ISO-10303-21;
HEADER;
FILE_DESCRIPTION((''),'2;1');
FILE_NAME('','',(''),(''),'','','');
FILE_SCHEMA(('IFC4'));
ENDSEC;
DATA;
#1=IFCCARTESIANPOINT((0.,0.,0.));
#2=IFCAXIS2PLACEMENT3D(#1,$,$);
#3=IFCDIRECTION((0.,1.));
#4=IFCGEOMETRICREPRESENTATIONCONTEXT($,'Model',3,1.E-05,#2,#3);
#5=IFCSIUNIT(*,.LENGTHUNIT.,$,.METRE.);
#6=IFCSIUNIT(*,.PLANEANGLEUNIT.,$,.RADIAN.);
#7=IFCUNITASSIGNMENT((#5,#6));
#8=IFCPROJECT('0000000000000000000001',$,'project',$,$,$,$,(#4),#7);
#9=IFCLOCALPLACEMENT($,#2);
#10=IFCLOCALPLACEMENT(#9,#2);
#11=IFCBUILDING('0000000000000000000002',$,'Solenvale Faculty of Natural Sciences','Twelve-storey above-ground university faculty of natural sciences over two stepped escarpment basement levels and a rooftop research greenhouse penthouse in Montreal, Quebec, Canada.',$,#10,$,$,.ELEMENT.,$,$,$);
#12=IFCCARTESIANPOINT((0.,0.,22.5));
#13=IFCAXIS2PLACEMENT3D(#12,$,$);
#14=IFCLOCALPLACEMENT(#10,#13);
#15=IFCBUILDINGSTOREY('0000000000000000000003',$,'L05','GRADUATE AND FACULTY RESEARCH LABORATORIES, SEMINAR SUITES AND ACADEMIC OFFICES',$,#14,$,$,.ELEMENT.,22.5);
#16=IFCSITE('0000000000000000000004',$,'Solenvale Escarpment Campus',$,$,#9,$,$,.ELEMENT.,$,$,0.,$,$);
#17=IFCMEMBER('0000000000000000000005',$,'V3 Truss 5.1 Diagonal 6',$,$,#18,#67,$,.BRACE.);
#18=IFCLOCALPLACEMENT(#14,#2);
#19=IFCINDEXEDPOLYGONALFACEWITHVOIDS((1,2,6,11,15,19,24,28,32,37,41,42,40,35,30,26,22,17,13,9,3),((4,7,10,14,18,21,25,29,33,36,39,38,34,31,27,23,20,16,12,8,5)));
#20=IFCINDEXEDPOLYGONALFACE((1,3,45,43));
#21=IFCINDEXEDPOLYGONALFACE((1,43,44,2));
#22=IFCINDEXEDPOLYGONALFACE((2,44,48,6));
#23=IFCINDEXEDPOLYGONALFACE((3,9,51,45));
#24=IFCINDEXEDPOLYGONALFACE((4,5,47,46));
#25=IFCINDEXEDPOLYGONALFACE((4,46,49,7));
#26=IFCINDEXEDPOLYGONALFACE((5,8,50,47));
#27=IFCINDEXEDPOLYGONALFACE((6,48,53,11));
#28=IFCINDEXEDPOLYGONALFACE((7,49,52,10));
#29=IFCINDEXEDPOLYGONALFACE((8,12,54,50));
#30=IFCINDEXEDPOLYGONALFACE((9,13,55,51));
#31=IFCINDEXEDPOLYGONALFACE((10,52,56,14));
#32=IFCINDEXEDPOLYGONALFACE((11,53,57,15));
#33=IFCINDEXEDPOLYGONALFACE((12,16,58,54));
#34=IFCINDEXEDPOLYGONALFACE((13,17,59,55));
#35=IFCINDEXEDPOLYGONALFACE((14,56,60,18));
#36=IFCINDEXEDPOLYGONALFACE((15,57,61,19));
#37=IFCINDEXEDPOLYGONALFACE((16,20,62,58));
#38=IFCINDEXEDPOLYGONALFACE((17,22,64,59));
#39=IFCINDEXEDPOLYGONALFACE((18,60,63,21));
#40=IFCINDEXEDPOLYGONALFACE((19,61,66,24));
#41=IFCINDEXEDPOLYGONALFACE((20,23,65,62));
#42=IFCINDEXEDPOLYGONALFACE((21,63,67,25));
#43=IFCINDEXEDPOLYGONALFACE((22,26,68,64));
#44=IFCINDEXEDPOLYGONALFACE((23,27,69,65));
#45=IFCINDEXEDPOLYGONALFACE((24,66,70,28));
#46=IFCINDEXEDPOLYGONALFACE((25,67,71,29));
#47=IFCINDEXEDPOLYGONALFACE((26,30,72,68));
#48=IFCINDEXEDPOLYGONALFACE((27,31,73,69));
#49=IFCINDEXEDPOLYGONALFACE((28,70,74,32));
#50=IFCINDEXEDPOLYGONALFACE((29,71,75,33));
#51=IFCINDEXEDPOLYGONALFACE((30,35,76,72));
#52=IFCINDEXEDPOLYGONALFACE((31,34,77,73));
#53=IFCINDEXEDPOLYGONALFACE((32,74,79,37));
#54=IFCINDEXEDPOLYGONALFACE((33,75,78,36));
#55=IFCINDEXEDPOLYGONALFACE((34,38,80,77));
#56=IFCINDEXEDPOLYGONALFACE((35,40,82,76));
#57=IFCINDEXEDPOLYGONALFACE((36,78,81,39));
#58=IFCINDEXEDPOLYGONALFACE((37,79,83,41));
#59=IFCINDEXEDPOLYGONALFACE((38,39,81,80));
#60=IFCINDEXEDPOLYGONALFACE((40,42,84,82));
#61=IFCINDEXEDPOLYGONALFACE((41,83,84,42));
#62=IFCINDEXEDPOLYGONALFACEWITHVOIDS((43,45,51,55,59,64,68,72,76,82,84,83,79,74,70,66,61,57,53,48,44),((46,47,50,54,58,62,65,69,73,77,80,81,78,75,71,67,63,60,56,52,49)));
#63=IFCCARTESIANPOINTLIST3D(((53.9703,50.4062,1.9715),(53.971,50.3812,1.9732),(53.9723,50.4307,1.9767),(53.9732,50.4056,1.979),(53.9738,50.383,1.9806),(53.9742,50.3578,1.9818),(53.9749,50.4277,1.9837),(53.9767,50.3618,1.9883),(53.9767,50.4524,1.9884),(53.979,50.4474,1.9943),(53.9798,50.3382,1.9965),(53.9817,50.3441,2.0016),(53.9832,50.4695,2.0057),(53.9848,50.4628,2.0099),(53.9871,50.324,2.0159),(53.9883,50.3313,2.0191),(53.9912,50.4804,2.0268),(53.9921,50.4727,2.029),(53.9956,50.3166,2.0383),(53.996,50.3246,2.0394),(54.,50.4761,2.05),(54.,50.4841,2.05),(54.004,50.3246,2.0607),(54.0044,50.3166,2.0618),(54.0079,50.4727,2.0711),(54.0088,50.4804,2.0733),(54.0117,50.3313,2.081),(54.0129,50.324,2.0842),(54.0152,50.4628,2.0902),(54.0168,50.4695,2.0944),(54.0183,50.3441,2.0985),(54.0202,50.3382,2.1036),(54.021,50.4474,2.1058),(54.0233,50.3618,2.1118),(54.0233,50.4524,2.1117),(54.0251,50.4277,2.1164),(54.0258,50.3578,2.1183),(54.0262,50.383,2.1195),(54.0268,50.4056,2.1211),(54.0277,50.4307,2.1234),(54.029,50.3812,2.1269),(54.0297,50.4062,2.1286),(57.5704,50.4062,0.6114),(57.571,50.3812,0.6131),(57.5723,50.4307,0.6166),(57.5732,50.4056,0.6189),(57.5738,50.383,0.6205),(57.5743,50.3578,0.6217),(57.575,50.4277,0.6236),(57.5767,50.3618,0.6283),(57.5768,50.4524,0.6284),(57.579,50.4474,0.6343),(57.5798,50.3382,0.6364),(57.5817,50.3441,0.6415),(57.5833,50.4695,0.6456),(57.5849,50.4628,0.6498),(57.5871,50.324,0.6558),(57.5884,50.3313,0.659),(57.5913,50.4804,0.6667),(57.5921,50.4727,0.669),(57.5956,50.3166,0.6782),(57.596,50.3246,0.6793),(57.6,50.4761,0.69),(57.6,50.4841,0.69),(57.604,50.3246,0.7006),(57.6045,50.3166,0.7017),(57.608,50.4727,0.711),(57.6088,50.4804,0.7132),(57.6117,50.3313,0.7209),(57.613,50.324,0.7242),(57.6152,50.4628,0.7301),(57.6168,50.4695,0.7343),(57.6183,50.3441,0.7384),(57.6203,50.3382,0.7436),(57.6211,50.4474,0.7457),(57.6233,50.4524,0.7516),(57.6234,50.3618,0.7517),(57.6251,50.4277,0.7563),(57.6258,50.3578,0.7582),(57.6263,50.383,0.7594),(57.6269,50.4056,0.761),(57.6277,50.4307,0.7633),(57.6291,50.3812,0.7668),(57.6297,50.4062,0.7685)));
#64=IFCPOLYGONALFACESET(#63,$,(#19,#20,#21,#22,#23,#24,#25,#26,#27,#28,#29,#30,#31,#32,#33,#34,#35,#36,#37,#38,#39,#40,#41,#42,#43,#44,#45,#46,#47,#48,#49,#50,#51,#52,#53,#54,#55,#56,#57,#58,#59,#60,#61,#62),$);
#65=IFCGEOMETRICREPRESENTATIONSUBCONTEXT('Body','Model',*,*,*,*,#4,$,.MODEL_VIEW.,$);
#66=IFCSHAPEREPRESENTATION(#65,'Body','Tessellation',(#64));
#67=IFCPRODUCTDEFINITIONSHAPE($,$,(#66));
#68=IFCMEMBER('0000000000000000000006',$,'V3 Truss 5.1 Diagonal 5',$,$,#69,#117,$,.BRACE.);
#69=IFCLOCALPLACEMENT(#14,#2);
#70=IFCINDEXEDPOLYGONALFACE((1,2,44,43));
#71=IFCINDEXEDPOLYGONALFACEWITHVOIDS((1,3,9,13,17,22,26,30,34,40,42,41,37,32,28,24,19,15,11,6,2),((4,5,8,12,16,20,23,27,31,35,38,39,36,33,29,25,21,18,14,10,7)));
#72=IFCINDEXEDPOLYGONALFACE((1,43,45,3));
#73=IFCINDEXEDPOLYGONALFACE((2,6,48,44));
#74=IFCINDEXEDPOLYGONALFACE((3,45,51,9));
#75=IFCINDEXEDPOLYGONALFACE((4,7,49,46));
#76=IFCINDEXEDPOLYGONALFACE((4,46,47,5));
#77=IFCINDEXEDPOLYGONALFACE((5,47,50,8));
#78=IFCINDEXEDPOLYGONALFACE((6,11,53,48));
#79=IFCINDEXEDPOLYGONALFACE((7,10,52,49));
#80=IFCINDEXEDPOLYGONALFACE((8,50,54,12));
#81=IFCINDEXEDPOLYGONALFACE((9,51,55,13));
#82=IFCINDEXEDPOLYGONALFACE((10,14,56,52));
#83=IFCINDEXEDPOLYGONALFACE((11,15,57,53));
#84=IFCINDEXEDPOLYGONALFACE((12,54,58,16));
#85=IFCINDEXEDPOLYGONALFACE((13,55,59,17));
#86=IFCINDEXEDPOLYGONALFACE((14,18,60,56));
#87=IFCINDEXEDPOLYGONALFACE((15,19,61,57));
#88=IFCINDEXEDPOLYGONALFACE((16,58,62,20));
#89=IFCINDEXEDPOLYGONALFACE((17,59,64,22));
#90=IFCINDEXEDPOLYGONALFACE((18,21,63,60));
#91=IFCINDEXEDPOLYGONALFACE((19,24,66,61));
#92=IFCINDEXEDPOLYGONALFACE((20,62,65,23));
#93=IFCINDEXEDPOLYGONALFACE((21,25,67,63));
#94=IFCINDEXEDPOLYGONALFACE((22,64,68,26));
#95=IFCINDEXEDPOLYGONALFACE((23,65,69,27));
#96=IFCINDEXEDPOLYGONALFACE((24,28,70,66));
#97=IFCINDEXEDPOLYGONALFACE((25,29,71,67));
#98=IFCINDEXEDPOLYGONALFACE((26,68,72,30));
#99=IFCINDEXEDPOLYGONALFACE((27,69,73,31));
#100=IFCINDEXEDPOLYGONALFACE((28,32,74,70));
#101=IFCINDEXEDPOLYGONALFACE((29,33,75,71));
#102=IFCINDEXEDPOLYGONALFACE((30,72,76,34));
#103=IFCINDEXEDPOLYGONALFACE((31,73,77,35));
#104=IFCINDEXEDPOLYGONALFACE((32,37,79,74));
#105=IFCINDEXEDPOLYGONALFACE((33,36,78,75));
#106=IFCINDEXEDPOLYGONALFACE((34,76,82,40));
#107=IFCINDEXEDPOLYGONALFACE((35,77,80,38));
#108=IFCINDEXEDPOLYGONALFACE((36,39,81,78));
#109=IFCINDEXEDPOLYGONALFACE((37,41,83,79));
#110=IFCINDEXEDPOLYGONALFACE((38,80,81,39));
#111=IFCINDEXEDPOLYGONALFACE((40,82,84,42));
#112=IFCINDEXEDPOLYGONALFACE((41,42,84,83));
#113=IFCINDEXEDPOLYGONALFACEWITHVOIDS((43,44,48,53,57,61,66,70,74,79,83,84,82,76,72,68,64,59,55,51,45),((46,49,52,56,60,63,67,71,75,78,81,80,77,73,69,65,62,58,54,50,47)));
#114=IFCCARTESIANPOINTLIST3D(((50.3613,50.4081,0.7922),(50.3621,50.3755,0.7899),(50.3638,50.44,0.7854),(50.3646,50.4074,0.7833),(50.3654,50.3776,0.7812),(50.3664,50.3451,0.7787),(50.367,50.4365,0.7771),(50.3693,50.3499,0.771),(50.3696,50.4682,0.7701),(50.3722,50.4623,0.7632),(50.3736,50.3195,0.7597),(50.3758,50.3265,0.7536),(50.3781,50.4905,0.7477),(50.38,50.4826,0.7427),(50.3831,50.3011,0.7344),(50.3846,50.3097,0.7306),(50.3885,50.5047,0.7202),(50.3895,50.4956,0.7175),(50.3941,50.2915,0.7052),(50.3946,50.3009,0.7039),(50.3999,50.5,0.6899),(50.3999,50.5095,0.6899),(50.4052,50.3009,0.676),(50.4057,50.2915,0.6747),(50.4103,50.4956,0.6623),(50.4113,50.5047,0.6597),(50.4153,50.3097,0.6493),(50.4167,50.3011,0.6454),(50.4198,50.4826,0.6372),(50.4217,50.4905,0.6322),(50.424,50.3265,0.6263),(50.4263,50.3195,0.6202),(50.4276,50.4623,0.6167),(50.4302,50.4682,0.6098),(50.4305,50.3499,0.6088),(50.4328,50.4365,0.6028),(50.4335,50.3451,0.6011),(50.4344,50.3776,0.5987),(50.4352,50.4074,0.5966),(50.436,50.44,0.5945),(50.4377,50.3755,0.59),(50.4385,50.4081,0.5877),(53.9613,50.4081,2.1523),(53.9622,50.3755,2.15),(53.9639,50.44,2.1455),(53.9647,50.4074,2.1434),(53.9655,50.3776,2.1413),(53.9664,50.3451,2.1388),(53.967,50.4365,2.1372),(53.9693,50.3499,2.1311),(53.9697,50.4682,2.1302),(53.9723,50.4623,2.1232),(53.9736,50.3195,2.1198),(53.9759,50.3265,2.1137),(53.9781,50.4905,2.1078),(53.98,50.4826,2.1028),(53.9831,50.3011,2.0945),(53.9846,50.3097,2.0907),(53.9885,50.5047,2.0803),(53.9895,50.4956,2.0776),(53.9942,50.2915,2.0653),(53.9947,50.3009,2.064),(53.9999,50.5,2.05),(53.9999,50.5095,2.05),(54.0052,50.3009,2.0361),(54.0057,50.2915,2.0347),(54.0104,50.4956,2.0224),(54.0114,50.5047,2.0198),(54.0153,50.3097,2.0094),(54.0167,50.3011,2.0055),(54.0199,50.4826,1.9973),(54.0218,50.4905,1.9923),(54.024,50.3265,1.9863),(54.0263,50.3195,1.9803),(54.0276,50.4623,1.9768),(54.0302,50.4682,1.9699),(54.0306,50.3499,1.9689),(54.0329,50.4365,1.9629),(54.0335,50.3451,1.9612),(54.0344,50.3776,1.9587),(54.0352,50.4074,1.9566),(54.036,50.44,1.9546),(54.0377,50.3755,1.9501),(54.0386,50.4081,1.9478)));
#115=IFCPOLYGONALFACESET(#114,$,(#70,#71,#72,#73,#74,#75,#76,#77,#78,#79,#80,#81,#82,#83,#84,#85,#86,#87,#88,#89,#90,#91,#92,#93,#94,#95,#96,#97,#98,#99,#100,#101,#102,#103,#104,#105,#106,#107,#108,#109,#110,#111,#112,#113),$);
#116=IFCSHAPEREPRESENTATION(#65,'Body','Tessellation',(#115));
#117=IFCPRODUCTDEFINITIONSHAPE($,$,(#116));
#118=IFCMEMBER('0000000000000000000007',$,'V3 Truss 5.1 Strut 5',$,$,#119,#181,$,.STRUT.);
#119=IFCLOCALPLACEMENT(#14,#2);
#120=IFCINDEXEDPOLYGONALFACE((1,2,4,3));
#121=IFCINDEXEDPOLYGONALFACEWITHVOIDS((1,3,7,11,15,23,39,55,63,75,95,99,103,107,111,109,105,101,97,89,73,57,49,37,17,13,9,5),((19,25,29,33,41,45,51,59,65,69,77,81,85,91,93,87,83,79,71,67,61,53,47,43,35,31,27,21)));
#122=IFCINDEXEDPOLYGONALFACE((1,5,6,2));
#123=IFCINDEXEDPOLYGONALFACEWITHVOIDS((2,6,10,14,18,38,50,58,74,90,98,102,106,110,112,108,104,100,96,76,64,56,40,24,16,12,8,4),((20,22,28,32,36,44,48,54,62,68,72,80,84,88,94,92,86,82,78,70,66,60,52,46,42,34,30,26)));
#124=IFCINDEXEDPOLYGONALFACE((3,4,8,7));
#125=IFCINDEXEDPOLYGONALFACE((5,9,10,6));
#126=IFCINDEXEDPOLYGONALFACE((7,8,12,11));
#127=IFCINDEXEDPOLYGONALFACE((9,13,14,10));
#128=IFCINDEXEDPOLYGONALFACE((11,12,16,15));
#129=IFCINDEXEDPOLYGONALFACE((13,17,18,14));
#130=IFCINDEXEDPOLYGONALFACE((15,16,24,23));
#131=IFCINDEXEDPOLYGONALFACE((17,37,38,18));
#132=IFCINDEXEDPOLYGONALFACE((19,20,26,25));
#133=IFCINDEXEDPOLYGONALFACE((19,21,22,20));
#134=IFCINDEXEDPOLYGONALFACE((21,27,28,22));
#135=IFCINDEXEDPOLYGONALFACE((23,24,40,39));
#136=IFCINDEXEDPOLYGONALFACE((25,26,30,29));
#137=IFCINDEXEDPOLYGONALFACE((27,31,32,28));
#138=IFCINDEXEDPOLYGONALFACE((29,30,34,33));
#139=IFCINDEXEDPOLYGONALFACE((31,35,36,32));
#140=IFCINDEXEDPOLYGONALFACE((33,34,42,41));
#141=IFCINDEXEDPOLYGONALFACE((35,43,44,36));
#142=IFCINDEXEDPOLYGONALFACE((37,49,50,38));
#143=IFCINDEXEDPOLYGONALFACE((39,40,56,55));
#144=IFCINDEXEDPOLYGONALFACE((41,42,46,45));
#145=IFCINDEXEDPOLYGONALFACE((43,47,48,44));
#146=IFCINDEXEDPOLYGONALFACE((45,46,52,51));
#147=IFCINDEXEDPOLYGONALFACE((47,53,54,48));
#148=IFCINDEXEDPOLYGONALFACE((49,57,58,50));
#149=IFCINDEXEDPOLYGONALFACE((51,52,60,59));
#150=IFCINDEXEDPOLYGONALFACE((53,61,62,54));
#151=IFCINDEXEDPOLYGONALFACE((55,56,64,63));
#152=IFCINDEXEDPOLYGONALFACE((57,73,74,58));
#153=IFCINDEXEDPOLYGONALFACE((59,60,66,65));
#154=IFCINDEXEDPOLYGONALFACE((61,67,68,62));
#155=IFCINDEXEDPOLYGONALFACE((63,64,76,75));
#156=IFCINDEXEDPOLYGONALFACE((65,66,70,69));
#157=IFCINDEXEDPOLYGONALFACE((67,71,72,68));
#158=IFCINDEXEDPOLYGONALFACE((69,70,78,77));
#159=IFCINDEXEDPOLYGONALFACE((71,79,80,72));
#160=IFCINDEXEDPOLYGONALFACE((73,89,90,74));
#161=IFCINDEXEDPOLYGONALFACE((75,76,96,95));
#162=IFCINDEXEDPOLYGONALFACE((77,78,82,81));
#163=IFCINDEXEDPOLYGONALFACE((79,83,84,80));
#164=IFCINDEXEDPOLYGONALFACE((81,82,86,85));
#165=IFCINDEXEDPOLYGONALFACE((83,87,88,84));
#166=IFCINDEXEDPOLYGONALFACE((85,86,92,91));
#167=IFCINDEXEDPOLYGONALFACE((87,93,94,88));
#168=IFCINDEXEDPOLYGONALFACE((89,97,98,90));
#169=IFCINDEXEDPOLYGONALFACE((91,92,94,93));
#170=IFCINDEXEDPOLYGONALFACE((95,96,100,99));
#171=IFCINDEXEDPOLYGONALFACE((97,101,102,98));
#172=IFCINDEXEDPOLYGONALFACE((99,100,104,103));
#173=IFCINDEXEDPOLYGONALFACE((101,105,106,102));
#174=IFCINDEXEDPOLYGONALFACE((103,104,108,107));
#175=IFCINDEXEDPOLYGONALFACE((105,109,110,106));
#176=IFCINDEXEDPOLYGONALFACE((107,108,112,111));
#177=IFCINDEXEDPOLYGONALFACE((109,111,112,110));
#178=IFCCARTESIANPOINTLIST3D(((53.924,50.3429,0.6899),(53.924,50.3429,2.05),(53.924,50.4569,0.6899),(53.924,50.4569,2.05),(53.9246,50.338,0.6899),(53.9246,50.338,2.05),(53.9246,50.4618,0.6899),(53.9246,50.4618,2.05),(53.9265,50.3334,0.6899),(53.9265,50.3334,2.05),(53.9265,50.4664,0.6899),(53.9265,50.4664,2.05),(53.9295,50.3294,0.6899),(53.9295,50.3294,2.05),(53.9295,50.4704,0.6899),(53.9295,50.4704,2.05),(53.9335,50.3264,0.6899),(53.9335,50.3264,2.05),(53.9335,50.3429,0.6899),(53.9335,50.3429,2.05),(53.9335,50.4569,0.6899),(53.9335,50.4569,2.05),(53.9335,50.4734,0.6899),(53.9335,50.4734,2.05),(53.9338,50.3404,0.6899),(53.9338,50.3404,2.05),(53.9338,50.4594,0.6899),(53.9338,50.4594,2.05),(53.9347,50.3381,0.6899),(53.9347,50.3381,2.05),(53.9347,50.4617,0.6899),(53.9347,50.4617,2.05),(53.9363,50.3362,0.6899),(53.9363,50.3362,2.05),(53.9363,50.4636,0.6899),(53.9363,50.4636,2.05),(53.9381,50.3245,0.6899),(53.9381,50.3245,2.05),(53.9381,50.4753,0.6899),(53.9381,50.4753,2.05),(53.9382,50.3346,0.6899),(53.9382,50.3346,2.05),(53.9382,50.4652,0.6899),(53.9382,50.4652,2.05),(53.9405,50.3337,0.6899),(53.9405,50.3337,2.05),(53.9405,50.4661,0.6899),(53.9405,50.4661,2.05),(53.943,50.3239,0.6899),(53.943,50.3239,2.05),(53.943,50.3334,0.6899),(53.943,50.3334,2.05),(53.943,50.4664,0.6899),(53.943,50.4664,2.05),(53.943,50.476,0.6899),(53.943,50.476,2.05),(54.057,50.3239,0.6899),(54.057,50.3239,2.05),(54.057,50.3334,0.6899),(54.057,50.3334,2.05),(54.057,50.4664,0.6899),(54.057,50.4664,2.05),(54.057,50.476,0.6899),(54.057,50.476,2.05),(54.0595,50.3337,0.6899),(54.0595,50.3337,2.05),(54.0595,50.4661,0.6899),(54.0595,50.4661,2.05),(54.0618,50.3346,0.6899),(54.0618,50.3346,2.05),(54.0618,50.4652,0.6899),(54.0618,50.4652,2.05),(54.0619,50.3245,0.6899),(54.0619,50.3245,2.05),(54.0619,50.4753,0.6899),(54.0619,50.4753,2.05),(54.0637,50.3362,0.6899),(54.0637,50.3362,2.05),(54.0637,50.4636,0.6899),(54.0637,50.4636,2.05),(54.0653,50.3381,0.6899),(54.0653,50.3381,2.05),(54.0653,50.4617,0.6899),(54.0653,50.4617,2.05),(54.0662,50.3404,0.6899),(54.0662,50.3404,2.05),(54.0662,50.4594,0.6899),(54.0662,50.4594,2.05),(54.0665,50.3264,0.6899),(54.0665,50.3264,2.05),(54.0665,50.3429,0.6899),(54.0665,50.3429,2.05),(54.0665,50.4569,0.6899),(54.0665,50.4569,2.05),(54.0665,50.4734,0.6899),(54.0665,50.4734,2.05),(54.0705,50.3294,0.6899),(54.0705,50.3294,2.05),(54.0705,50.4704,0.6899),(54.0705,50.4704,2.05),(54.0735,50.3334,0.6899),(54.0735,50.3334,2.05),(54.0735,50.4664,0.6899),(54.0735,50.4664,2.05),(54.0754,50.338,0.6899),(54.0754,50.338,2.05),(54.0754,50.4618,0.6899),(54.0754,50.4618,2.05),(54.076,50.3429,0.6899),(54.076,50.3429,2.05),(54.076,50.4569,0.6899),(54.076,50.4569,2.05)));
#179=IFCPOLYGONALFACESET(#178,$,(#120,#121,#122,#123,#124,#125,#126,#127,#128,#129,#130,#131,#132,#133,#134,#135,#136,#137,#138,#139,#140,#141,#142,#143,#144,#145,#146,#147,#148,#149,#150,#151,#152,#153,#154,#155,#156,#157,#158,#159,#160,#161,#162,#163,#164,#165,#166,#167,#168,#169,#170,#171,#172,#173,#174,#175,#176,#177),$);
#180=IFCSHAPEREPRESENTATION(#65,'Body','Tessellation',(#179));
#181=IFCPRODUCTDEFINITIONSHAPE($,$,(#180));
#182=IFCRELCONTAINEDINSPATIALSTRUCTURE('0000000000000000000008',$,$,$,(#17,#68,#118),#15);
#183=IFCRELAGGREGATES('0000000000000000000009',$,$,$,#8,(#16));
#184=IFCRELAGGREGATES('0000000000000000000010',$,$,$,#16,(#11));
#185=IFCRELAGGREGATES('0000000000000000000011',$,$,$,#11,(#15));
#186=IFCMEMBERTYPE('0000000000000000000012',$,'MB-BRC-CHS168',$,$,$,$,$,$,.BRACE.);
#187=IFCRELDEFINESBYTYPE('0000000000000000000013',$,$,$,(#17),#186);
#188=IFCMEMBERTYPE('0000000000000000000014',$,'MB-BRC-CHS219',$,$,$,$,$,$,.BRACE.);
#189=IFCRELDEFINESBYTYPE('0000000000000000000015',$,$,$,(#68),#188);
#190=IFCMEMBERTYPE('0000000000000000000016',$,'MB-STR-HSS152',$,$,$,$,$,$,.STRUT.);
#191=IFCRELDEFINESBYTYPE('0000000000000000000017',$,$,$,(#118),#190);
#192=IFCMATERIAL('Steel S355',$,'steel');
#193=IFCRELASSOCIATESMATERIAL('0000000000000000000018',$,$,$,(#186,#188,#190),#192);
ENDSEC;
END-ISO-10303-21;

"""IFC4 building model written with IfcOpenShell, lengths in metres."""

from ifc_helpers import new_model, si_unit, direction, frame, origin, origin_2d, place, context, subcontext, project, spatial, hollow_rectangle, hollow_circle, extrude, material, material_profile, profile_set, type_object, element, save


model = new_model("IFC4")

# Units and contexts
model_context = context("Model", 3, precision=1e-05, world=origin(), true_north=direction((0.0, 1.0)))
body_context = subcontext(model_context, "Body", "Model", "MODEL_VIEW")
ifc_project = project(units=[si_unit("LENGTHUNIT", "METRE"), si_unit("PLANEANGLEUNIT", "RADIAN")], contexts=[model_context])

# Site, building, storey
site_placement = place(None, origin())
site = spatial("IfcSite", under=ifc_project, at=site_placement, Name="Solenvale Escarpment Campus", CompositionType="ELEMENT", RefElevation=0.0)
building_placement = place(site_placement, origin())
building = spatial("IfcBuilding", under=site, at=building_placement, Name="Solenvale Faculty of Natural Sciences", Description="Twelve-storey above-ground university faculty of natural sciences over two stepped escarpment basement levels and a rooftop research greenhouse penthouse in Montreal, Quebec, Canada.", CompositionType="ELEMENT")
storey_placement = place(building_placement, frame((0.0, 0.0, 22.5)))
storey = spatial("IfcBuildingStorey", under=building, at=storey_placement, Name="L05", Description="GRADUATE AND FACULTY RESEARCH LABORATORIES, SEMINAR SUITES AND ACADEMIC OFFICES", CompositionType="ELEMENT", Elevation=22.5)

# Shared definitions
ifc_material_1 = material(Name="Steel S355", Category="steel")

# Members
ifc_material_profile_1 = material_profile(ifc_material_1, hollow_circle(Radius=0.0842, WallThickness=0.0081, at=origin_2d()), Name="HSS168x8.0")
ifc_profile_set_1 = profile_set([ifc_material_profile_1], Name="Steel S355")
member_type_1 = type_object("IfcMemberType", Name="MB-BRC-CHS168", PredefinedType="BRACE", material=ifc_profile_set_1)
member_1_placement = place(storey_placement, frame((54.0, 50.3999, 2.05), z_axis=(0.935466, 0.0, -0.353417), x_axis=(0.0, 1.0, 0.0)))
element("IfcMember", 1, at=member_1_placement, inside=storey, type_object=member_type_1, Name="V3 Truss 5.1 Diagonal 6", PredefinedType="BRACE", context=body_context, shape_type="SweptSolid", body=[
    extrude(hollow_circle(Radius=0.0842, WallThickness=0.0081, at=origin_2d()), origin(), (0.0, 0.0, 1.0), 3.8484),
])
ifc_material_profile_2 = material_profile(ifc_material_1, hollow_circle(Radius=0.1096, WallThickness=0.0095, at=origin_2d()), Name="HSS219x9.5")
ifc_profile_set_2 = profile_set([ifc_material_profile_2], Name="Steel S355")
member_type_2 = type_object("IfcMemberType", Name="MB-BRC-CHS219", PredefinedType="BRACE", material=ifc_profile_set_2)
member_2_placement = place(storey_placement, frame((50.3999, 50.3999, 0.6899), z_axis=(0.935466, 0.0, 0.353417), x_axis=(0.0, 1.0, 0.0)))
element("IfcMember", 2, at=member_2_placement, inside=storey, type_object=member_type_2, Name="V3 Truss 5.1 Diagonal 5", PredefinedType="BRACE", context=body_context, shape_type="SweptSolid", body=[
    extrude(hollow_circle(Radius=0.1096, WallThickness=0.0095, at=origin_2d()), origin(), (0.0, 0.0, 1.0), 3.8484),
])
ifc_material_profile_3 = material_profile(ifc_material_1, hollow_rectangle(XDim=0.1521, YDim=0.1521, WallThickness=0.0095, InnerFilletRadius=0.0095, OuterFilletRadius=0.019, at=origin_2d()), Name="HSS152x152x9.5")
ifc_profile_set_3 = profile_set([ifc_material_profile_3], Name="Steel S355")
member_type_3 = type_object("IfcMemberType", Name="MB-STR-HSS152", PredefinedType="STRUT", material=ifc_profile_set_3)
member_3_placement = place(storey_placement, frame((54.0, 50.3999, 0.6899), z_axis=(0.0, 0.0, 1.0), x_axis=(1.0, 0.0, 0.0)))
element("IfcMember", 3, at=member_3_placement, inside=storey, type_object=member_type_3, Name="V3 Truss 5.1 Strut 5", PredefinedType="STRUT", context=body_context, shape_type="SweptSolid", body=[
    extrude(hollow_rectangle(XDim=0.1521, YDim=0.1521, WallThickness=0.0095, InnerFilletRadius=0.0095, OuterFilletRadius=0.019, at=origin_2d()), origin(), (0.0, 0.0, 1.0), 1.3601),
])

save(model, "model.ifc")
